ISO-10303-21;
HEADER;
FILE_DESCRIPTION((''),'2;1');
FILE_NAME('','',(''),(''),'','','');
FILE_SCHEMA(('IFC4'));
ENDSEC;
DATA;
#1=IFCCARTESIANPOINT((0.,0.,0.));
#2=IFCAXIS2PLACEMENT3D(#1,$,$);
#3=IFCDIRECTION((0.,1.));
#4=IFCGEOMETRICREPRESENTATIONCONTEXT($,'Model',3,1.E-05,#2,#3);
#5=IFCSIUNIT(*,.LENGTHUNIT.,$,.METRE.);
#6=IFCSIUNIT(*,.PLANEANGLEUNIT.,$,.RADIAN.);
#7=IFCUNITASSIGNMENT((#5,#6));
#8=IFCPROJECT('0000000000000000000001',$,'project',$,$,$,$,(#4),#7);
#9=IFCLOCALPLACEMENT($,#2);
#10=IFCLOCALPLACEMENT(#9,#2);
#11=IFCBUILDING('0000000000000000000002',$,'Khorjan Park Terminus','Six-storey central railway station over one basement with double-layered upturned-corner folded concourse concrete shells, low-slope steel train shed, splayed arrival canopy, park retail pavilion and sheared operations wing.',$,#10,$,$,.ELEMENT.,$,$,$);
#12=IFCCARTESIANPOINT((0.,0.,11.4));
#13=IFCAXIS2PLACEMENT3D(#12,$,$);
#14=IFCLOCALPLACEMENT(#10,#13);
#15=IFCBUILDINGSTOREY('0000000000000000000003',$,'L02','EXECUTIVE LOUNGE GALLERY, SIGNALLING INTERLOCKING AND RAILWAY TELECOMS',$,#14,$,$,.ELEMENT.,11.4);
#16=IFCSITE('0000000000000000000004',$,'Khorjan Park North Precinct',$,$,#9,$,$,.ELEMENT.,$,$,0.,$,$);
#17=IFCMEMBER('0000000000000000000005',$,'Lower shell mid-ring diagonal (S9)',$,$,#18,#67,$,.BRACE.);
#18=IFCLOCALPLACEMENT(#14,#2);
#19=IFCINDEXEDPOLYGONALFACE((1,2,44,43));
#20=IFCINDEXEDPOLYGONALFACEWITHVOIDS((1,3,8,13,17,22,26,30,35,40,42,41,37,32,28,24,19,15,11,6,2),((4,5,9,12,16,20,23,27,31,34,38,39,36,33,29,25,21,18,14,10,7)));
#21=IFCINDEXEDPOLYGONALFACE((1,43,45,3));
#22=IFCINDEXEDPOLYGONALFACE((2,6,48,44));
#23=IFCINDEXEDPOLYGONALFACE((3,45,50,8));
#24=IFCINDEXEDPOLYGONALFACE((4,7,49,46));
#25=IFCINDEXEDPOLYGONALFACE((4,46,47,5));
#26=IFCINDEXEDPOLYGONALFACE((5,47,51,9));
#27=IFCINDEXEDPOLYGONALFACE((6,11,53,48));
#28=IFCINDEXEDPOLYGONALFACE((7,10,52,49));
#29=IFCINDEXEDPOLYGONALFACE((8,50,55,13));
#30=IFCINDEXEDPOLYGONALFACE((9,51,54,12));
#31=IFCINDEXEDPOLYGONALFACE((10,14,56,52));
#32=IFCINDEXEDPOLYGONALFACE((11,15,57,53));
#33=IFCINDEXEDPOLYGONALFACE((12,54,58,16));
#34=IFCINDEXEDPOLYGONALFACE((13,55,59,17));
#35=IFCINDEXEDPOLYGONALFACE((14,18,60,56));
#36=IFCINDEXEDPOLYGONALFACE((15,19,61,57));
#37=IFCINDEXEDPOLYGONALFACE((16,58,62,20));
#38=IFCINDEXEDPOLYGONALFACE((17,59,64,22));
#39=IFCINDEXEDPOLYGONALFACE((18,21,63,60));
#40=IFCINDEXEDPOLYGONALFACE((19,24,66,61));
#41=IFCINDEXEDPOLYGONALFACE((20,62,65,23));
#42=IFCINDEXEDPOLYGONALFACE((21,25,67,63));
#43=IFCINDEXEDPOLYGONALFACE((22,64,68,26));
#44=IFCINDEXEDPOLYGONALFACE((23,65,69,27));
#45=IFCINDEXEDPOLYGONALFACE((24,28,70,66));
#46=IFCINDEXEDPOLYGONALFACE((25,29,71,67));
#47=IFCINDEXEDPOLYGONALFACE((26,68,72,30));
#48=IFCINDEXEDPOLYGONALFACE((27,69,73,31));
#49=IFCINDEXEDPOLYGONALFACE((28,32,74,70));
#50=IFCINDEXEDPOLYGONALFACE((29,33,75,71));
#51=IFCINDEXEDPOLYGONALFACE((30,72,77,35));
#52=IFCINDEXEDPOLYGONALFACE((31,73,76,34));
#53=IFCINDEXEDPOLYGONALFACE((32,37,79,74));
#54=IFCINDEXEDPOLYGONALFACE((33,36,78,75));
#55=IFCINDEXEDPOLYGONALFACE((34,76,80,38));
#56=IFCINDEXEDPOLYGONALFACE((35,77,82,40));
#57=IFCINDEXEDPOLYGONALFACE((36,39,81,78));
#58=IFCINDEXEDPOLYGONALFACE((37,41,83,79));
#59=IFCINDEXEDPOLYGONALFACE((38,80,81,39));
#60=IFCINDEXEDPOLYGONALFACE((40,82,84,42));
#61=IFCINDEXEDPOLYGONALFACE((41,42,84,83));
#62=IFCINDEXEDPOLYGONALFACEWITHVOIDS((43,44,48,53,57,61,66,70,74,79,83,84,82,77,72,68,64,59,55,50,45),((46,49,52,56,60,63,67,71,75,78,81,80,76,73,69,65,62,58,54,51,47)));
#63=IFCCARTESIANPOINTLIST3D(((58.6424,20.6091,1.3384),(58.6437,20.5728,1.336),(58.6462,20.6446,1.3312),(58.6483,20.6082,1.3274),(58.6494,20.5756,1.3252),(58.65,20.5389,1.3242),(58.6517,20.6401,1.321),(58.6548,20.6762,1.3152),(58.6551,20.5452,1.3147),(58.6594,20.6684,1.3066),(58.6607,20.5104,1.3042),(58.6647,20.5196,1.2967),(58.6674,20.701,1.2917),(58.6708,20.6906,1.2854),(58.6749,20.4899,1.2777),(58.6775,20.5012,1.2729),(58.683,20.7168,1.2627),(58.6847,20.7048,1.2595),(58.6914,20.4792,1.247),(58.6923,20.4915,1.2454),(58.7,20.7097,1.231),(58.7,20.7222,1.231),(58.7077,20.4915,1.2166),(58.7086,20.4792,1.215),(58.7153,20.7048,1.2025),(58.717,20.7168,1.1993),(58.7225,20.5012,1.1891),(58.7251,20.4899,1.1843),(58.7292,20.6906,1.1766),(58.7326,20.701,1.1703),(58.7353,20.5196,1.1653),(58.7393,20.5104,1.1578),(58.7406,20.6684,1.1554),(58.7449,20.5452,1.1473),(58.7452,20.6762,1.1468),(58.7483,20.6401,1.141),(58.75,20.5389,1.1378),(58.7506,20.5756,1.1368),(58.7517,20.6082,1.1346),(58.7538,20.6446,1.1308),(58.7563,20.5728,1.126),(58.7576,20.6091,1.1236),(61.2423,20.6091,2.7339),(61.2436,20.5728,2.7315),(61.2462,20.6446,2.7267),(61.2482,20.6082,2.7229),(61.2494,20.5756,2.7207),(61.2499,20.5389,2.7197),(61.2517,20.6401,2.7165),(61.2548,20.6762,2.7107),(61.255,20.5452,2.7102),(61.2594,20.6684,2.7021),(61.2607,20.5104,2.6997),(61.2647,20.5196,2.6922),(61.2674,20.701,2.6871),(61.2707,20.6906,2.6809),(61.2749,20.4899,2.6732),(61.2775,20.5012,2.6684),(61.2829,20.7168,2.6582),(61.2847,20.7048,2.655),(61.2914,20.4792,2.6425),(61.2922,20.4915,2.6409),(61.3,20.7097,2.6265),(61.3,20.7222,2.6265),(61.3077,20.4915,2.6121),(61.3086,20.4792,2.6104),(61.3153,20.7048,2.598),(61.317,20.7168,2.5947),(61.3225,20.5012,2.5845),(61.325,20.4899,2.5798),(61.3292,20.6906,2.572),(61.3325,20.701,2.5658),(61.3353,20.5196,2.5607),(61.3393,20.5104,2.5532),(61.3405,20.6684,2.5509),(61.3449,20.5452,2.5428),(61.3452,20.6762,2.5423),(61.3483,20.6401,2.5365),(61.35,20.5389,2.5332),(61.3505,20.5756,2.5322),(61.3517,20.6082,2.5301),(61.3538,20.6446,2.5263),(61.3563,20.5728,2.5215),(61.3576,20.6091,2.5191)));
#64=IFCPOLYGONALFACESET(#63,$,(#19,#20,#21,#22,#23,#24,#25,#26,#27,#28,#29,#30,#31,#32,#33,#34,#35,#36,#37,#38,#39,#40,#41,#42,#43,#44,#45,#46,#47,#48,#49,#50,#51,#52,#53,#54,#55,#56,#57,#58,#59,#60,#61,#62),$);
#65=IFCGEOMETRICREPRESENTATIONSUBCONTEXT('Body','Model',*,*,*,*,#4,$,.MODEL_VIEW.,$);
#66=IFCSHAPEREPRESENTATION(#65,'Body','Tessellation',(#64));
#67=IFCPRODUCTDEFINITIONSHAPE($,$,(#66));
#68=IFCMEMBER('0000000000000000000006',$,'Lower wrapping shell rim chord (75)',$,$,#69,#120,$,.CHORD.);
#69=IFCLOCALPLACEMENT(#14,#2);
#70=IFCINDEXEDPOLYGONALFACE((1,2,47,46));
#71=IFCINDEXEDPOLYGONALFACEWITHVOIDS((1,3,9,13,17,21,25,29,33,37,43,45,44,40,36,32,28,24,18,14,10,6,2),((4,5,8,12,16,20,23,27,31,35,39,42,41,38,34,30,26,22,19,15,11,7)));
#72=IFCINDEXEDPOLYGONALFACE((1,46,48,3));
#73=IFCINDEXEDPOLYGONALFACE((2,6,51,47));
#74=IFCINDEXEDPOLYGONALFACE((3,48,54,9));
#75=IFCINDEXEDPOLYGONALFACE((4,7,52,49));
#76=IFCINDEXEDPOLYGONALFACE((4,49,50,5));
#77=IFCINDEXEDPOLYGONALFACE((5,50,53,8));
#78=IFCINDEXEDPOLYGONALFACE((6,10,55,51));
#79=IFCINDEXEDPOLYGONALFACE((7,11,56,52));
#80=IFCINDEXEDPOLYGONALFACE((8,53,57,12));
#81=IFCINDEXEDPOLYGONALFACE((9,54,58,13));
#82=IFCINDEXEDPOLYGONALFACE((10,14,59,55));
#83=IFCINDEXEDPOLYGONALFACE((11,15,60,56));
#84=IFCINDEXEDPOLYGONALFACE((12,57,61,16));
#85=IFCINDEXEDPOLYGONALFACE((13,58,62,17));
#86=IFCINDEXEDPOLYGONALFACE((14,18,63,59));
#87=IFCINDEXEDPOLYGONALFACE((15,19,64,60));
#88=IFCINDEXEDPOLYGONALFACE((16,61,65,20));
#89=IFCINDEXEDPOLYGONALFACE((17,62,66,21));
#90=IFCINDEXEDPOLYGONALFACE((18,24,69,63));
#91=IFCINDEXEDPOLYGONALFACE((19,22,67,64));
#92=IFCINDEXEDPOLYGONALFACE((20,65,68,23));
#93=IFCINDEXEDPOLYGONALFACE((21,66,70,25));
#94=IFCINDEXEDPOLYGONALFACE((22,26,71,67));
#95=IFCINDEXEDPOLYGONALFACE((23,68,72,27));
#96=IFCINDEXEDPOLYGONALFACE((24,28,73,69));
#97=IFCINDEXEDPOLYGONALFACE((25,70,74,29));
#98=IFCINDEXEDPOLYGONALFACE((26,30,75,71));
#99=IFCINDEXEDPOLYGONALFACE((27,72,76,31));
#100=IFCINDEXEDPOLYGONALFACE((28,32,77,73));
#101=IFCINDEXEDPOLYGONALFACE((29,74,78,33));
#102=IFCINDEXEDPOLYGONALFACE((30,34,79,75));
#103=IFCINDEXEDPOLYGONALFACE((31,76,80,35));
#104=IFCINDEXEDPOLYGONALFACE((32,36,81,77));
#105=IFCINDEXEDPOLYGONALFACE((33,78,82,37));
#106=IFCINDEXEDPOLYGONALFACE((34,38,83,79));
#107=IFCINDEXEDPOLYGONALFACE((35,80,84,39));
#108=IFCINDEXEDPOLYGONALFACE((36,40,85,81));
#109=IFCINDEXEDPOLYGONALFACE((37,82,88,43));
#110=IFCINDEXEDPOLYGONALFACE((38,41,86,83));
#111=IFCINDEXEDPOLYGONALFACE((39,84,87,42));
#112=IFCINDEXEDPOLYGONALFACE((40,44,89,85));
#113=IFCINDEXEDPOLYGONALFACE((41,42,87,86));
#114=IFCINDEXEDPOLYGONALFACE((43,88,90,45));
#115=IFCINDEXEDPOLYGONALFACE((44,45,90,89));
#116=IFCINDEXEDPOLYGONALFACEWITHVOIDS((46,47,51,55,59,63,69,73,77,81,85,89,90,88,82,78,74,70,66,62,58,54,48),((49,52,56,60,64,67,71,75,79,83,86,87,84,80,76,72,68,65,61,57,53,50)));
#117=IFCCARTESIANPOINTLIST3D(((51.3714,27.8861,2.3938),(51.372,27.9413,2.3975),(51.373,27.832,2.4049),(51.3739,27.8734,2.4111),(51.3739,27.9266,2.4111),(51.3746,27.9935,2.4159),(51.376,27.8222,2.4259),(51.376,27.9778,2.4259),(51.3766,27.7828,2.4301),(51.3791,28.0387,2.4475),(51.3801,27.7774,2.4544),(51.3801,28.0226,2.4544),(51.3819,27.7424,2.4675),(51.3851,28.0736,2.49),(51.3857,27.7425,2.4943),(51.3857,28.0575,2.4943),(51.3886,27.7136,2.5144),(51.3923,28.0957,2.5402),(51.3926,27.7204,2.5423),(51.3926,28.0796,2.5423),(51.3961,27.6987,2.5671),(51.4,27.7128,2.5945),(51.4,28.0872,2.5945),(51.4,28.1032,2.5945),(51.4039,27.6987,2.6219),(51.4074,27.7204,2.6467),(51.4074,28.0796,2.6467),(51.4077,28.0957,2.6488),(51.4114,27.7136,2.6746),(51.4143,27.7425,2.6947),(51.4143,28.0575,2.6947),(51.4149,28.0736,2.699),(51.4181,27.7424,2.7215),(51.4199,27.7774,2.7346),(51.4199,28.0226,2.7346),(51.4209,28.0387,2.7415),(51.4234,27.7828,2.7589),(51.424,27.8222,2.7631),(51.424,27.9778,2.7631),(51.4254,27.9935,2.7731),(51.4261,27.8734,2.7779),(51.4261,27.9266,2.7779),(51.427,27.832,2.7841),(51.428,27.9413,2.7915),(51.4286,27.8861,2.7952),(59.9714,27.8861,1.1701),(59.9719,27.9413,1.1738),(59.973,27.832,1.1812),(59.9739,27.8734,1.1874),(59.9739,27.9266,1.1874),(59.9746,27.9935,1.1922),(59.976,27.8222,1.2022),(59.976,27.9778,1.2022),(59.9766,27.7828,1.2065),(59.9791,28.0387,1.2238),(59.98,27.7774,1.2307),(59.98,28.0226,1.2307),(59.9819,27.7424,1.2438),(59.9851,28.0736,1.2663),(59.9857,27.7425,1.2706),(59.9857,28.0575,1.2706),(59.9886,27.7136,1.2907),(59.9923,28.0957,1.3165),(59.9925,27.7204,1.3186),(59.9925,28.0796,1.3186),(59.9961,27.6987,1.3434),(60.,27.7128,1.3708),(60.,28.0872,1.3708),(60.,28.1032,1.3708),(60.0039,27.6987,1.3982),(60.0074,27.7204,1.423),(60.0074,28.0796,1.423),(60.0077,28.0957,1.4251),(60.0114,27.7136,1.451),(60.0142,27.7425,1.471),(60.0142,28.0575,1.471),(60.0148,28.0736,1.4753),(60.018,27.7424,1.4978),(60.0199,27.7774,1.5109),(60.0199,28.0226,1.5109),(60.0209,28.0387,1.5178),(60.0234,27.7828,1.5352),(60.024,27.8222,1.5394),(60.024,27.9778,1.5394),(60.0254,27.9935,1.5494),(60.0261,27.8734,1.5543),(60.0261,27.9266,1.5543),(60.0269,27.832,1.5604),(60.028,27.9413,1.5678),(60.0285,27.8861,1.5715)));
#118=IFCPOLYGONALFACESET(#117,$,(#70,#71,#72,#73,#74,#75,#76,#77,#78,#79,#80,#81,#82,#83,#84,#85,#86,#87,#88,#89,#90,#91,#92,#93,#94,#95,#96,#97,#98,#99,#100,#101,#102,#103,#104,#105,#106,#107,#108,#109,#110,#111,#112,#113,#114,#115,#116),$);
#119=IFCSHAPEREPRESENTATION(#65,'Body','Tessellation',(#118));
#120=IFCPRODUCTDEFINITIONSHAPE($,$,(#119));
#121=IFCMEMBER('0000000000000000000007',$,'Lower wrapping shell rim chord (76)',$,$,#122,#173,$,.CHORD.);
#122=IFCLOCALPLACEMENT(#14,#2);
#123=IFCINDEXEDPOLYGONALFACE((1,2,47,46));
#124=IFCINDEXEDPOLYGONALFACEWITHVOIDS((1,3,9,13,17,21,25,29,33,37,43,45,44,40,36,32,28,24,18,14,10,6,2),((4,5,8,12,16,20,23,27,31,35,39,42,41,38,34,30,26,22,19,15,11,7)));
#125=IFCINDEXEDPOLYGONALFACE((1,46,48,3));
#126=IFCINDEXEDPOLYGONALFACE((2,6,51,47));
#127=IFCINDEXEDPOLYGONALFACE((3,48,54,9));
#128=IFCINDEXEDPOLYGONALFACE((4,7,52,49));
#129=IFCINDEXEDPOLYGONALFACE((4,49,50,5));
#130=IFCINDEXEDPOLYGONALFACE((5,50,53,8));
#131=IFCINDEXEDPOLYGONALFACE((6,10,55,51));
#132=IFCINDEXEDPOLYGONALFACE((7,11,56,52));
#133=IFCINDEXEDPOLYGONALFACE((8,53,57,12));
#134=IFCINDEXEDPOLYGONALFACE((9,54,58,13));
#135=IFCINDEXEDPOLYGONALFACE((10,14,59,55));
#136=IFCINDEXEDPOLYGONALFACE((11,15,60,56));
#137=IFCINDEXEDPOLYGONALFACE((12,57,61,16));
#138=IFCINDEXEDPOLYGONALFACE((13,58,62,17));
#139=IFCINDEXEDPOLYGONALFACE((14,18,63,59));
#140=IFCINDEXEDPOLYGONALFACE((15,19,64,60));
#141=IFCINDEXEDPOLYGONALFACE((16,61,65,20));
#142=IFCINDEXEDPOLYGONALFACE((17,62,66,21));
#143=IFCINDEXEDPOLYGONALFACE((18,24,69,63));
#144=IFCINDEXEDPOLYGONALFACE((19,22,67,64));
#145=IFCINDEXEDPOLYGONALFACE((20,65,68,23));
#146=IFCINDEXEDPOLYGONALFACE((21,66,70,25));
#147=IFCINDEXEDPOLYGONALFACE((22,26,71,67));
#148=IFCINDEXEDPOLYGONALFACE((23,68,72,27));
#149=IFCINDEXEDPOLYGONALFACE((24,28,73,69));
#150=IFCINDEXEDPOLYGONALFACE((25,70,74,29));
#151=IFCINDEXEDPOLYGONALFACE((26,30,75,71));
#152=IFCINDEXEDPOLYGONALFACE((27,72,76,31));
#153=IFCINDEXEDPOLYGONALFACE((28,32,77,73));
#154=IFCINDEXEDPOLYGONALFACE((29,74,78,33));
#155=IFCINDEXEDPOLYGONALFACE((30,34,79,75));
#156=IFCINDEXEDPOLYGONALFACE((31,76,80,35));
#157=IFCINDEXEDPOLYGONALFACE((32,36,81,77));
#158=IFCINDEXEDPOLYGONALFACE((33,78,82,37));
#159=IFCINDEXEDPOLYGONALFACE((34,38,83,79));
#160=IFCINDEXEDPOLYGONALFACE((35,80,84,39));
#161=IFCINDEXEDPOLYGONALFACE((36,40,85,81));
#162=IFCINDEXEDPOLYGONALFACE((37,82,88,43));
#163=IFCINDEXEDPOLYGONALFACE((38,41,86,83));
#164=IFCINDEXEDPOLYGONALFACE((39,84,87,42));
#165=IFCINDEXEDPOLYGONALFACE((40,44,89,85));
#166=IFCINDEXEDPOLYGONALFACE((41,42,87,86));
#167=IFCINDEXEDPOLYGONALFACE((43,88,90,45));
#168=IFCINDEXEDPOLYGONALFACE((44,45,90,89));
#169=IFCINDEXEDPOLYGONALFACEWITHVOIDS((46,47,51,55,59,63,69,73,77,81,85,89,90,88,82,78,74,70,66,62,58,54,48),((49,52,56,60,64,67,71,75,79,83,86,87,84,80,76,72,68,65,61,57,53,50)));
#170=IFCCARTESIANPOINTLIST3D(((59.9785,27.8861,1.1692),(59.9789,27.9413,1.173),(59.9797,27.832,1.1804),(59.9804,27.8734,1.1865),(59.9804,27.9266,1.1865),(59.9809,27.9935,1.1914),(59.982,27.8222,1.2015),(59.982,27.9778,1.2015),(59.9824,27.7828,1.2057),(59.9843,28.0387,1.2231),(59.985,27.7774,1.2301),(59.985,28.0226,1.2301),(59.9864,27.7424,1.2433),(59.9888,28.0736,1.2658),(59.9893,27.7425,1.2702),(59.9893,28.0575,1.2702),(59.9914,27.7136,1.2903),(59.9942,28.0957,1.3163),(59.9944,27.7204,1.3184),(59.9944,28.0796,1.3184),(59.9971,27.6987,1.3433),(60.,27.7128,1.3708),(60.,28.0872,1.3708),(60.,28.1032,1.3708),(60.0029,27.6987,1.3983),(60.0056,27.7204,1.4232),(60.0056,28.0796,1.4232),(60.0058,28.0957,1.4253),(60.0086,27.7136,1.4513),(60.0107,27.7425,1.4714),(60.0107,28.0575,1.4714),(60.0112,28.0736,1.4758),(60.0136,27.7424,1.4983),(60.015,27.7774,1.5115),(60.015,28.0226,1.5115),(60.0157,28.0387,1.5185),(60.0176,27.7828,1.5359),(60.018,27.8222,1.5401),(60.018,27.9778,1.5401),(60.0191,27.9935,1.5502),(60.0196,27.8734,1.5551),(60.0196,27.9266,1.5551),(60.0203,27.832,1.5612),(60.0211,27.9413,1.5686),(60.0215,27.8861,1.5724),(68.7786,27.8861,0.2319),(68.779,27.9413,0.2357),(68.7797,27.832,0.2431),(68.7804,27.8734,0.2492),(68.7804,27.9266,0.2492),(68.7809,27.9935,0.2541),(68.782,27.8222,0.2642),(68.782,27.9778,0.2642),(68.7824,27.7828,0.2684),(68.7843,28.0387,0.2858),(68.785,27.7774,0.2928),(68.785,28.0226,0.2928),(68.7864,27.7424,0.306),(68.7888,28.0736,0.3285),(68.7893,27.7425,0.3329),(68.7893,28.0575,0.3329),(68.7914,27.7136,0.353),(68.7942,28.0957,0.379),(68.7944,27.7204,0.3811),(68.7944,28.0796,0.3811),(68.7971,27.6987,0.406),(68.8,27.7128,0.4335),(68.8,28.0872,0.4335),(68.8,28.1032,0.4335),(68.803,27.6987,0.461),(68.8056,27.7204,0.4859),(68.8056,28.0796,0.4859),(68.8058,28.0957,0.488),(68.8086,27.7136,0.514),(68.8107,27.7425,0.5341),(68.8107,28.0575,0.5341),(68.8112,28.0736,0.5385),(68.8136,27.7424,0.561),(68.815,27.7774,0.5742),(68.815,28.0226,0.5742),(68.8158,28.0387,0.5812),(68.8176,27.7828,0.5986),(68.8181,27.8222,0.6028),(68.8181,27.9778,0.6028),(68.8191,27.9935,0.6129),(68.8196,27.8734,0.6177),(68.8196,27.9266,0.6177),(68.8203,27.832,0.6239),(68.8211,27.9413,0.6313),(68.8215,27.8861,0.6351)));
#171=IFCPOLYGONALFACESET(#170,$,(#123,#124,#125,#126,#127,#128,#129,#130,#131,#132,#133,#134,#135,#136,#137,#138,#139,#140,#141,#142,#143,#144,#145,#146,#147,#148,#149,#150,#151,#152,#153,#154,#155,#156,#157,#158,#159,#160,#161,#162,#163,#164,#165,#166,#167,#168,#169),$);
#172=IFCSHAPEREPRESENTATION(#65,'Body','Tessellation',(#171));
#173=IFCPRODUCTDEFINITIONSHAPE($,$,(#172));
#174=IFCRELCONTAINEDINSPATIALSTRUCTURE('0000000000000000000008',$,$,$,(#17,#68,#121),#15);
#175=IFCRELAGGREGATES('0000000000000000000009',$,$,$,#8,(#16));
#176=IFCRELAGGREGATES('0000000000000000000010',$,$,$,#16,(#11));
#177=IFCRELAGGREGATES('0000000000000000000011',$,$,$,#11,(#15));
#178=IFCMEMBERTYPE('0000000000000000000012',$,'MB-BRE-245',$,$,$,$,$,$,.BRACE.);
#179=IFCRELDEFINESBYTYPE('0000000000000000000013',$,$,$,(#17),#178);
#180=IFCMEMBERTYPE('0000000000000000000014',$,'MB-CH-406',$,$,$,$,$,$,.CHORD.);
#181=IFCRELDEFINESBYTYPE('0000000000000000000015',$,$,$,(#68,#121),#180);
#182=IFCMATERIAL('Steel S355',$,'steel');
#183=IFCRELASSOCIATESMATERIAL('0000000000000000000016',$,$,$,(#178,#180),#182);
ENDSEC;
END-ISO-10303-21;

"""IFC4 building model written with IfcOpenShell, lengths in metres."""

from ifc_helpers import new_model, si_unit, direction, frame, origin, origin_2d, place, context, subcontext, project, spatial, hollow_circle, extrude, material, material_profile, profile_set, type_object, element, save


model = new_model("IFC4")

# Units and contexts
model_context = context("Model", 3, precision=1e-05, world=origin(), true_north=direction((0.0, 1.0)))
body_context = subcontext(model_context, "Body", "Model", "MODEL_VIEW")
ifc_project = project(units=[si_unit("LENGTHUNIT", "METRE"), si_unit("PLANEANGLEUNIT", "RADIAN")], contexts=[model_context])

# Site, building, storey
site_placement = place(None, origin())
site = spatial("IfcSite", under=ifc_project, at=site_placement, Name="Khorjan Park North Precinct", CompositionType="ELEMENT", RefElevation=0.0)
building_placement = place(site_placement, origin())
building = spatial("IfcBuilding", under=site, at=building_placement, Name="Khorjan Park Terminus", Description="Six-storey central railway station over one basement with double-layered upturned-corner folded concourse concrete shells, low-slope steel train shed, splayed arrival canopy, park retail pavilion and sheared operations wing.", CompositionType="ELEMENT")
storey_placement = place(building_placement, frame((0.0, 0.0, 11.4)))
storey = spatial("IfcBuildingStorey", under=building, at=storey_placement, Name="L02", Description="EXECUTIVE LOUNGE GALLERY, SIGNALLING INTERLOCKING AND RAILWAY TELECOMS", CompositionType="ELEMENT", Elevation=11.4)

# Members
ifc_material_1 = material(Name="Steel S355", Category="steel")
ifc_material_profile_1 = material_profile(ifc_material_1, hollow_circle(Radius=0.1222, WallThickness=0.0125, at=origin_2d()), Name="CHS 244.5x12.5")
ifc_profile_set_1 = profile_set([ifc_material_profile_1], Name="Steel S355")
member_type_1 = type_object("IfcMemberType", Name="MB-BRE-245", PredefinedType="BRACE", material=ifc_profile_set_1)
member_1_placement = place(storey_placement, frame((58.7, 20.6, 1.231), z_axis=(0.881107, 0.0, 0.472917), x_axis=(0.0, 1.0, 0.0)))
element("IfcMember", 1, at=member_1_placement, inside=storey, type_object=member_type_1, Name="Lower shell mid-ring diagonal (S9)", PredefinedType="BRACE", context=body_context, shape_type="SweptSolid", body=[
    extrude(hollow_circle(Radius=0.1222, WallThickness=0.0125, at=origin_2d()), origin(), (0.0, 0.0, 1.0), 2.9508),
])
ifc_material_profile_2 = material_profile(ifc_material_1, hollow_circle(Radius=0.2032, WallThickness=0.016, at=origin_2d()), Name="CHS 406.4x16")
ifc_profile_set_2 = profile_set([ifc_material_profile_2], Name="Steel S355")
member_type_2 = type_object("IfcMemberType", Name="MB-CH-406", PredefinedType="CHORD", material=ifc_profile_set_2)
member_2_placement = place(storey_placement, frame((51.4, 27.9, 2.5945), z_axis=(0.990028, 0.0, -0.140872), x_axis=(0.0, 1.0, 0.0)))
element("IfcMember", 2, at=member_2_placement, inside=storey, type_object=member_type_2, Name="Lower wrapping shell rim chord (75)", PredefinedType="CHORD", context=body_context, shape_type="SweptSolid", body=[
    extrude(hollow_circle(Radius=0.2032, WallThickness=0.016, at=origin_2d()), origin(), (0.0, 0.0, 1.0), 8.6866),
])
member_3_placement = place(storey_placement, frame((60.0, 27.9, 1.3708), z_axis=(0.994375, 0.0, -0.105912), x_axis=(0.0, 1.0, 0.0)))
element("IfcMember", 3, at=member_3_placement, inside=storey, type_object=member_type_2, Name="Lower wrapping shell rim chord (76)", PredefinedType="CHORD", context=body_context, shape_type="SweptSolid", body=[
    extrude(hollow_circle(Radius=0.2032, WallThickness=0.016, at=origin_2d()), origin(), (0.0, 0.0, 1.0), 8.8498),
])

save(model, "model.ifc")
